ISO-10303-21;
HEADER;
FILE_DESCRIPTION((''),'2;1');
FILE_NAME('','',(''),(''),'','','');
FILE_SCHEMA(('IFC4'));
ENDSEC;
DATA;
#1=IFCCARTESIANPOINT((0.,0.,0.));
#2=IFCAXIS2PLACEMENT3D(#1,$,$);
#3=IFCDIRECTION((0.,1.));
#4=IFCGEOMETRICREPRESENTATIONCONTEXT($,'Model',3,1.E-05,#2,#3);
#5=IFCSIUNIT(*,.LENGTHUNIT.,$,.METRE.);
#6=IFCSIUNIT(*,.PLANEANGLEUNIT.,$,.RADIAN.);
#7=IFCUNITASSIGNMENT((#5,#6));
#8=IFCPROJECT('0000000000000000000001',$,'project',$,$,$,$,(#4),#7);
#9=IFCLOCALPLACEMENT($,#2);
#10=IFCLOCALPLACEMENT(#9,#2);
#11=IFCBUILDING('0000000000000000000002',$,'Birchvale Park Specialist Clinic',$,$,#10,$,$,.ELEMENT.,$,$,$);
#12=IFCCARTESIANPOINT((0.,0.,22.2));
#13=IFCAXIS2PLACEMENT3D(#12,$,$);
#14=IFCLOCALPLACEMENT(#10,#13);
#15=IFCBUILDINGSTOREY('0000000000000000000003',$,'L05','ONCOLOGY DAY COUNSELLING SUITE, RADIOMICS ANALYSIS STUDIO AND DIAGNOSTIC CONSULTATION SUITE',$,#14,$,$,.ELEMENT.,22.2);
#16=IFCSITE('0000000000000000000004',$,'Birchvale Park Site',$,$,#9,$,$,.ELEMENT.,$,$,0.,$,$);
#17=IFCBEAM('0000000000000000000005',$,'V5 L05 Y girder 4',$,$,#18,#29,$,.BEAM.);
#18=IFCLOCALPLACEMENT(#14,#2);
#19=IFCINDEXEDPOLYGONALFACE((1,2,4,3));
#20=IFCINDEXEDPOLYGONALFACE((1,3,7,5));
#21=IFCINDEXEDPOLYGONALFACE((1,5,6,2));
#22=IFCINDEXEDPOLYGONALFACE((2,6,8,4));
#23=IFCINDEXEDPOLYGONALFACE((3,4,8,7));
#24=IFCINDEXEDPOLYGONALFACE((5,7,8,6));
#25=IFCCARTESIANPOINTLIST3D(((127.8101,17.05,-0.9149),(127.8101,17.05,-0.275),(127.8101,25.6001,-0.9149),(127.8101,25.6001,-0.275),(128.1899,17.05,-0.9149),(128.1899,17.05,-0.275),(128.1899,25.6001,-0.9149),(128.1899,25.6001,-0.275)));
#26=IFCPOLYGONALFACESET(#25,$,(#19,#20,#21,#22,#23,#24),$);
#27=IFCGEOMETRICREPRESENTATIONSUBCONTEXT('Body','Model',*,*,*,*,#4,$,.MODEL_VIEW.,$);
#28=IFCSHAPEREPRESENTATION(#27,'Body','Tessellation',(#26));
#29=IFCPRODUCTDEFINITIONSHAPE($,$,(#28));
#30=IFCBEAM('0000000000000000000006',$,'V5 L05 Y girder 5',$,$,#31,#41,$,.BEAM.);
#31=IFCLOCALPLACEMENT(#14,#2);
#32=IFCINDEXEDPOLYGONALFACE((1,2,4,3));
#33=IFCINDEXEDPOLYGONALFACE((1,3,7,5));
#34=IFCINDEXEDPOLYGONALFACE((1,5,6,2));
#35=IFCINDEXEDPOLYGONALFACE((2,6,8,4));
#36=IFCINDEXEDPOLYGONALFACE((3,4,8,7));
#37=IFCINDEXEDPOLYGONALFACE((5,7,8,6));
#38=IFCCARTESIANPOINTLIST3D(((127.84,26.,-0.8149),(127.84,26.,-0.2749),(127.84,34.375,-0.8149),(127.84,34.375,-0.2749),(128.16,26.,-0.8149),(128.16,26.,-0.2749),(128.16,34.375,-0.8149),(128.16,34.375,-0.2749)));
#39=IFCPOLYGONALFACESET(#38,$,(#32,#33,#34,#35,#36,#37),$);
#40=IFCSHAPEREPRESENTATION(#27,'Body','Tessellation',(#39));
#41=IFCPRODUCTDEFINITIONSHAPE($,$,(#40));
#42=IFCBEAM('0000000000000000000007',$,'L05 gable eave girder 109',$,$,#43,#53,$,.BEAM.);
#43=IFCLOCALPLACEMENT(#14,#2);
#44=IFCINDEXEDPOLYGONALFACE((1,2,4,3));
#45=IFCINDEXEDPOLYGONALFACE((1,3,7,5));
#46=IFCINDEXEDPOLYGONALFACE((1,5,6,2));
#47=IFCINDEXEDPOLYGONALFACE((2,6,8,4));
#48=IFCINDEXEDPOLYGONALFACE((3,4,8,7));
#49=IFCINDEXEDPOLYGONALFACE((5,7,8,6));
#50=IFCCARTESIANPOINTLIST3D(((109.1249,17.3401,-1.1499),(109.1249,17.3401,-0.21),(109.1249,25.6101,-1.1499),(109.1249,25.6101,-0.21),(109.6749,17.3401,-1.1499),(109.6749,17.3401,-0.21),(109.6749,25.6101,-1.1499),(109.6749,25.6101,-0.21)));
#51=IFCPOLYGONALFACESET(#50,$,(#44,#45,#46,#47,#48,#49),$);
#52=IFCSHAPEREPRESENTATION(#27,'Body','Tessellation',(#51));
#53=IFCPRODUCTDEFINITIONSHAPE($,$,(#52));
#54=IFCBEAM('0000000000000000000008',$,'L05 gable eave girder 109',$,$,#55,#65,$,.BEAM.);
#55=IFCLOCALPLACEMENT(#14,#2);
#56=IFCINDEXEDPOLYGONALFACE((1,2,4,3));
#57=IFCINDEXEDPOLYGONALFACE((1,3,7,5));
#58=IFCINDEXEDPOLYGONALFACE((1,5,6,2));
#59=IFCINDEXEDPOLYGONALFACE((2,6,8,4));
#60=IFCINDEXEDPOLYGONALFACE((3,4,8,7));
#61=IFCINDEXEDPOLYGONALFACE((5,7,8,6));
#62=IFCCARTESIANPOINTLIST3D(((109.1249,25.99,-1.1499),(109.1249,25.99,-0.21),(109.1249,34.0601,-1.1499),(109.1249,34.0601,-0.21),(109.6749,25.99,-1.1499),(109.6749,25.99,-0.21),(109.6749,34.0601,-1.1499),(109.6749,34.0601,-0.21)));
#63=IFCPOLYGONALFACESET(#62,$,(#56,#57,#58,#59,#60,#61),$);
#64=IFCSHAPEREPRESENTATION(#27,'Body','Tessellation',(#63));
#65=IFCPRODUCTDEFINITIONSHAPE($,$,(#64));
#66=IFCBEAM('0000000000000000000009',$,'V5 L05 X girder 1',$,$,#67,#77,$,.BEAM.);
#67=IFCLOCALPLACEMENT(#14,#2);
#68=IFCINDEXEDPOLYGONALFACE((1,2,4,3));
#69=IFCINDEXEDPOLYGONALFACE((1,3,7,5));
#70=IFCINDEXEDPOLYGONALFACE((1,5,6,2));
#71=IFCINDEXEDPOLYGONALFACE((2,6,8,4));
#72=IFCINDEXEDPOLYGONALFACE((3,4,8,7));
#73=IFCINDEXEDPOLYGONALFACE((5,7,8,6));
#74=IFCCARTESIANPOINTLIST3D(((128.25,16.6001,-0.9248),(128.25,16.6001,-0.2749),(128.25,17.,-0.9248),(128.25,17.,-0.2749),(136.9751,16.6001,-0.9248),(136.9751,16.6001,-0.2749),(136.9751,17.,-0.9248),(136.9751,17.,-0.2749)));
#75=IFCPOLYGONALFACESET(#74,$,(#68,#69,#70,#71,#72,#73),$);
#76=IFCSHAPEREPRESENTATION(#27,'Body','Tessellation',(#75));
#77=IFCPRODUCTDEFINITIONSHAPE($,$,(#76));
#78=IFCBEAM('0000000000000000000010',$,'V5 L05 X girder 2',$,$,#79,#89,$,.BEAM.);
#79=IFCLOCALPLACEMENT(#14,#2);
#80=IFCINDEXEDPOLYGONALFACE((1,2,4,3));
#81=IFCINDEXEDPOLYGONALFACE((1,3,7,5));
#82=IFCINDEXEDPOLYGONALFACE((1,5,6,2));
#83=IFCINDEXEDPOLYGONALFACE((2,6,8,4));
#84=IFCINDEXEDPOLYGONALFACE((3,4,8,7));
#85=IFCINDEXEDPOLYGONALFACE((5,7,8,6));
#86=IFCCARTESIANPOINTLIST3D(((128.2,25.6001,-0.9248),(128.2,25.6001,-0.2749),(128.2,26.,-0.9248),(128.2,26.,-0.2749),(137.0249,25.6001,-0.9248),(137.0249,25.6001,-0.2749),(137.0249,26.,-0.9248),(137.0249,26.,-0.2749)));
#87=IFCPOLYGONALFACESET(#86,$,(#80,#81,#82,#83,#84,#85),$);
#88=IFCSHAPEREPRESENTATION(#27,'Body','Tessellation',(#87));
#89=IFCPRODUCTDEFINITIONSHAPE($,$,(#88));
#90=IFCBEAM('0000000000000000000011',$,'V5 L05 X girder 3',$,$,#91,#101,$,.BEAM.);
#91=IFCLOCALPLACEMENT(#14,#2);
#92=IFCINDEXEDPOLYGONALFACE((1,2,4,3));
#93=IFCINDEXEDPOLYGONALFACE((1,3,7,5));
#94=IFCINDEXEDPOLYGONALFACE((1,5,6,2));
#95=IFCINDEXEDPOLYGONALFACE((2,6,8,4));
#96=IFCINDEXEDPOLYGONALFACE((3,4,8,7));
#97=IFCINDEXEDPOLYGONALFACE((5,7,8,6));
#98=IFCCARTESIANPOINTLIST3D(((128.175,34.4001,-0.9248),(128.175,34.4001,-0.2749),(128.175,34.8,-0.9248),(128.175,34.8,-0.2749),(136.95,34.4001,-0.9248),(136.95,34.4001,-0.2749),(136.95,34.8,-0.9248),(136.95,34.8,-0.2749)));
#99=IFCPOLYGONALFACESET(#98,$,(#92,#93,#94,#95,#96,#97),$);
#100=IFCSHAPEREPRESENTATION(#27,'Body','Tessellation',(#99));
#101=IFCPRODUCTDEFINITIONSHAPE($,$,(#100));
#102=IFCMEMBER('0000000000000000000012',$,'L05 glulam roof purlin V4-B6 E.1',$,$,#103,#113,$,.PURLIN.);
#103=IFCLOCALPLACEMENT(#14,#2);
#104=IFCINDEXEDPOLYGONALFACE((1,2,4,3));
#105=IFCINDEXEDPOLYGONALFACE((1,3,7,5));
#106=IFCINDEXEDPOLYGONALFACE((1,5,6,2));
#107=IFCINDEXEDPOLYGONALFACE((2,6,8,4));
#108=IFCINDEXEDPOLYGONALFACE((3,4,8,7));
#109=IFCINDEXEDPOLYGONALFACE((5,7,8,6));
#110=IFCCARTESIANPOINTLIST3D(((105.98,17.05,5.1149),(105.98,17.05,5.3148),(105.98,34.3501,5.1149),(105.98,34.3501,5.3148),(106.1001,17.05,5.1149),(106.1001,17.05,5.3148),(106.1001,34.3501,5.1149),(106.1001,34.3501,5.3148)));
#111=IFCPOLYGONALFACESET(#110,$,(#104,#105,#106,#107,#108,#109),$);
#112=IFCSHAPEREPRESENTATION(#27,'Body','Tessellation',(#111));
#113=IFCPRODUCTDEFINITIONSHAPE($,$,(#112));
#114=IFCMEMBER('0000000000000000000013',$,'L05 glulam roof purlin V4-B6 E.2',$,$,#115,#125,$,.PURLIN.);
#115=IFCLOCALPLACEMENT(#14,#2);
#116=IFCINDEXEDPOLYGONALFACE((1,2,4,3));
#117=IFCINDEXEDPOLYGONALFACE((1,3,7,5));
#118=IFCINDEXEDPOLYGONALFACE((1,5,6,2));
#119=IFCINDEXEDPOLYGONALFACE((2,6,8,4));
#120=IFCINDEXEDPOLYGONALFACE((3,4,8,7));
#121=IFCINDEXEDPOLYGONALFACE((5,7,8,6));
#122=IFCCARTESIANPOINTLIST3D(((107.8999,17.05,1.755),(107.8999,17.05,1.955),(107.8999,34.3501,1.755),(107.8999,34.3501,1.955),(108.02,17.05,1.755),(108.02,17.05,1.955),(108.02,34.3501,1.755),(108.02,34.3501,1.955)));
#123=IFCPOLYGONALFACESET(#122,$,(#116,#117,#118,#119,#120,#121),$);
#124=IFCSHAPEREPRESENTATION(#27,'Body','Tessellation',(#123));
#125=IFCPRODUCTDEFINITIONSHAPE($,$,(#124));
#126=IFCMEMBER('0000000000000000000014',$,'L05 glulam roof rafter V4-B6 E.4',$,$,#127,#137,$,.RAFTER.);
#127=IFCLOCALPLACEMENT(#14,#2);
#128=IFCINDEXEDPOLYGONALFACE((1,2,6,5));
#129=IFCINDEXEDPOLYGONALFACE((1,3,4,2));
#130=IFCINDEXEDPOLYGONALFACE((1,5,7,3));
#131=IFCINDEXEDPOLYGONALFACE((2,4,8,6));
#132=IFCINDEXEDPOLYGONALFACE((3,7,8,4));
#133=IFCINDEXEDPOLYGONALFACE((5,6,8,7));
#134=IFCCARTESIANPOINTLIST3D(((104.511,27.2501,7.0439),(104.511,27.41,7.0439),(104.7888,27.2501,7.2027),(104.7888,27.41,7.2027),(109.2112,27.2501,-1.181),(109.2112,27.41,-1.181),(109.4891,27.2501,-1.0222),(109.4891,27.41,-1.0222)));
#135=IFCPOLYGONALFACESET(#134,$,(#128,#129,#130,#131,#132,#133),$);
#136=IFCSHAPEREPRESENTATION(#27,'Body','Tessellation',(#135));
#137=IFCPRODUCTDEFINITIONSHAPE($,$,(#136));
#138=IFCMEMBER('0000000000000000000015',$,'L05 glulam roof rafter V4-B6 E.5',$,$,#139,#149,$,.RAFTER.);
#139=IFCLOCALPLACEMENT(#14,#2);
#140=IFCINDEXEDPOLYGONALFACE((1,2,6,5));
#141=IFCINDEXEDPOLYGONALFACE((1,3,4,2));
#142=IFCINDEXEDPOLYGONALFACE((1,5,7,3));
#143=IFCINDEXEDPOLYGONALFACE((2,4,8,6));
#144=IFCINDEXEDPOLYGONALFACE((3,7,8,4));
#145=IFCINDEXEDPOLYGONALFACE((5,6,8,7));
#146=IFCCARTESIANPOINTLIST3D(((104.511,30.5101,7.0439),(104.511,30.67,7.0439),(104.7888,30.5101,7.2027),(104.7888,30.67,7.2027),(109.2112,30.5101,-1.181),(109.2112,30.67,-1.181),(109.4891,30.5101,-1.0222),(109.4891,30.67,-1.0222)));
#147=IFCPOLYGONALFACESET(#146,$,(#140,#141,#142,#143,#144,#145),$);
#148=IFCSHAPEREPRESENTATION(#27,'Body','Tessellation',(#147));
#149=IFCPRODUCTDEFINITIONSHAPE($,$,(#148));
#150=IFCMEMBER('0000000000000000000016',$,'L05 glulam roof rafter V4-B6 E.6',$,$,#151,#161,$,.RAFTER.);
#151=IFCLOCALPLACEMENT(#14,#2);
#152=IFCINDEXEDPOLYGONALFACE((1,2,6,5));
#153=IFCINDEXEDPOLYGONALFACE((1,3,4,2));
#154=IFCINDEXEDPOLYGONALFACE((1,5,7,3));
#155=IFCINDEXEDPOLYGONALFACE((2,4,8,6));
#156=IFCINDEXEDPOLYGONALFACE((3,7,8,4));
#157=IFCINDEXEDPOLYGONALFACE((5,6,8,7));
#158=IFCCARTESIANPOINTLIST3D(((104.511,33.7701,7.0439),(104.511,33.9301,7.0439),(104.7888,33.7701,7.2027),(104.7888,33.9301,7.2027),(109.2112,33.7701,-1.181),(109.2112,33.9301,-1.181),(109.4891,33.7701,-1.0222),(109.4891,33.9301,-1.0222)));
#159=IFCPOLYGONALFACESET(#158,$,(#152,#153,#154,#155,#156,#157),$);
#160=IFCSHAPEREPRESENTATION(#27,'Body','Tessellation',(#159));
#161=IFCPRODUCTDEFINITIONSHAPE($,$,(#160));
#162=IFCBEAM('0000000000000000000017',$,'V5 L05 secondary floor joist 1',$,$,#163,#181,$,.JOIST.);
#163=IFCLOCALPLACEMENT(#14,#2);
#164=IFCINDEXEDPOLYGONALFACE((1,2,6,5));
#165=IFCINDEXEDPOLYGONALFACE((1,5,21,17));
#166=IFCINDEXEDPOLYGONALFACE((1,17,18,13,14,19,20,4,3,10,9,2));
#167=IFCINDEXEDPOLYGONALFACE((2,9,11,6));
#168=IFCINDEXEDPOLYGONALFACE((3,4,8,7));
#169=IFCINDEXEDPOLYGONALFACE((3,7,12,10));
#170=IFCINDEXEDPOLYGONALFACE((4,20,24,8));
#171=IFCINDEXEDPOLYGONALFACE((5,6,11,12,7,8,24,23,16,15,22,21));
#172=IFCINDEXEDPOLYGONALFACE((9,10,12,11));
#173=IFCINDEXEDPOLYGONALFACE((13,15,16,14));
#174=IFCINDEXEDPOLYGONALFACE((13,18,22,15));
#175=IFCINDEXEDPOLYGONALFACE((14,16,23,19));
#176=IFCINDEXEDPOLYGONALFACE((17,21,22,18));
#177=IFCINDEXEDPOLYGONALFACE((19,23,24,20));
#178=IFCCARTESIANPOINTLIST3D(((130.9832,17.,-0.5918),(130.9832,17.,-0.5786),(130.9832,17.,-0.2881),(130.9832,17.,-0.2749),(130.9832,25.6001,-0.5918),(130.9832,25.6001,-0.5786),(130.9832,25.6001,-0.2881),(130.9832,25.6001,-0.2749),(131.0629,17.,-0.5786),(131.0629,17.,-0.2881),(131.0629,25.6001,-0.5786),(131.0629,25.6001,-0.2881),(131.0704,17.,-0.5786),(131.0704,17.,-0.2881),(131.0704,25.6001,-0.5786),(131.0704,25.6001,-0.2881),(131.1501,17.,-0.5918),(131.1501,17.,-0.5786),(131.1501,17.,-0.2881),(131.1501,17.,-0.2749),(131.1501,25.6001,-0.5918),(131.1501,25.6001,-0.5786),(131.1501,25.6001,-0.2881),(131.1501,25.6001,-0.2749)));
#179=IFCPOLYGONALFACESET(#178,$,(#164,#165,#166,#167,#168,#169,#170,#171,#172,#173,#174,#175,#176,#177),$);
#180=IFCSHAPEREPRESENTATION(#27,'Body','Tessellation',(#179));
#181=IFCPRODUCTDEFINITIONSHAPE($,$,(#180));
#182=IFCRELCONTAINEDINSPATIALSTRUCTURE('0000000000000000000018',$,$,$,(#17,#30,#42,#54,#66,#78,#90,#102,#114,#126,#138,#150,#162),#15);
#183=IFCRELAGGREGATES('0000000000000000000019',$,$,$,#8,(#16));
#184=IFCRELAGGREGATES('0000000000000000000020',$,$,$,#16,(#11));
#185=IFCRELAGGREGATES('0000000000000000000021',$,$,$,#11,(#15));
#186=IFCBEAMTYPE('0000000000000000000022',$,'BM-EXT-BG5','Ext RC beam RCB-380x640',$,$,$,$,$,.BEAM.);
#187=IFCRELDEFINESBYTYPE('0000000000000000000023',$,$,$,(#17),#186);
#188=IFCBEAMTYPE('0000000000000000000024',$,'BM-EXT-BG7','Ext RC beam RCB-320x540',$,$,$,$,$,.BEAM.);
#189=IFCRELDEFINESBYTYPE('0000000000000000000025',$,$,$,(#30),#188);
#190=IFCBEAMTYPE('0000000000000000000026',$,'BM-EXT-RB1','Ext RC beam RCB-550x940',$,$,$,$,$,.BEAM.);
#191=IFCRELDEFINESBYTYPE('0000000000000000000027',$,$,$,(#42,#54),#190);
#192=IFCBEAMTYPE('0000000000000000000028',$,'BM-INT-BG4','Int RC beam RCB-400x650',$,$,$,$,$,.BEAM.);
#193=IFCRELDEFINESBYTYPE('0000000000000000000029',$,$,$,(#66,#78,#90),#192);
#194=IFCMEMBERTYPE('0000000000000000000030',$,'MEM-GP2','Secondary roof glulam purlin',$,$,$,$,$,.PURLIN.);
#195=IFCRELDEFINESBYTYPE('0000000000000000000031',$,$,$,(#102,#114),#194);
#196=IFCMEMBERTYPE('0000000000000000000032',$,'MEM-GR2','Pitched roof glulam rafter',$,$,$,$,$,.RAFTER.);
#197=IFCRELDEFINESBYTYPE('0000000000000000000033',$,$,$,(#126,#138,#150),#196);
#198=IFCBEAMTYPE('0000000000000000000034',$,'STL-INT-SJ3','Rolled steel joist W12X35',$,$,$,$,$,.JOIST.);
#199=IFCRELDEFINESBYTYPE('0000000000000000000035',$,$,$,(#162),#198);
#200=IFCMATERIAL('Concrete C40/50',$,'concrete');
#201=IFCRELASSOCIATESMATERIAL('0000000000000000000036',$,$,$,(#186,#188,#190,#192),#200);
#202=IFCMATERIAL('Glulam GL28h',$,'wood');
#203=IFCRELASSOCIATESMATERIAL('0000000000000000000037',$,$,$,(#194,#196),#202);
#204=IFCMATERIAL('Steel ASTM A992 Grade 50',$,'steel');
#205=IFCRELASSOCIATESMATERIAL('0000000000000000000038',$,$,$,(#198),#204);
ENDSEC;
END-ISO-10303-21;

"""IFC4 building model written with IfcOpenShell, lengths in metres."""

from ifc_helpers import new_model, si_unit, direction, frame, origin, origin_2d, place, context, subcontext, project, spatial, rectangle, i_section, extrude, material, material_profile, profile_set, type_object, element, save


model = new_model("IFC4")

# Units and contexts
model_context = context("Model", 3, precision=1e-05, world=origin(), true_north=direction((0.0, 1.0)))
body_context = subcontext(model_context, "Body", "Model", "MODEL_VIEW")
ifc_project = project(units=[si_unit("LENGTHUNIT", "METRE"), si_unit("PLANEANGLEUNIT", "RADIAN")], contexts=[model_context])

# Site, building, storey
site_placement = place(None, origin())
site = spatial("IfcSite", under=ifc_project, at=site_placement, Name="Birchvale Park Site", CompositionType="ELEMENT", RefElevation=0.0)
building_placement = place(site_placement, origin())
building = spatial("IfcBuilding", under=site, at=building_placement, Name="Birchvale Park Specialist Clinic", CompositionType="ELEMENT")
storey_placement = place(building_placement, frame((0.0, 0.0, 22.2)))
storey = spatial("IfcBuildingStorey", under=building, at=storey_placement, Name="L05", Description="ONCOLOGY DAY COUNSELLING SUITE, RADIOMICS ANALYSIS STUDIO AND DIAGNOSTIC CONSULTATION SUITE", CompositionType="ELEMENT", Elevation=22.2)

# Beams
ifc_material_1 = material(Name="Concrete C40/50", Category="concrete")
ifc_material_profile_1 = material_profile(ifc_material_1, rectangle(XDim=0.3799, YDim=0.6399, at=origin_2d()), Name="RCB-380x640")
ifc_profile_set_1 = profile_set([ifc_material_profile_1], Name="Concrete C40/50")
beam_type_1 = type_object("IfcBeamType", Name="BM-EXT-BG5", Description="Ext RC beam RCB-380x640", PredefinedType="BEAM", material=ifc_profile_set_1)
beam_1_placement = place(storey_placement, frame((128.0, 17.05, -0.595), z_axis=(0.0, 1.0, 0.0), x_axis=(-1.0, 0.0, 0.0)))
element("IfcBeam", 1, at=beam_1_placement, inside=storey, type_object=beam_type_1, Name="V5 L05 Y girder 4", PredefinedType="BEAM", context=body_context, shape_type="SweptSolid", body=[
    extrude(rectangle(XDim=0.3799, YDim=0.6399, at=origin_2d()), origin(), (0.0, 0.0, 1.0), 8.55),
])
ifc_material_profile_2 = material_profile(ifc_material_1, rectangle(XDim=0.3201, YDim=0.54, at=origin_2d()), Name="RCB-320x540")
ifc_profile_set_2 = profile_set([ifc_material_profile_2], Name="Concrete C40/50")
beam_type_2 = type_object("IfcBeamType", Name="BM-EXT-BG7", Description="Ext RC beam RCB-320x540", PredefinedType="BEAM", material=ifc_profile_set_2)
beam_2_placement = place(storey_placement, frame((128.0, 26.0, -0.5449), z_axis=(0.0, 1.0, 0.0), x_axis=(-1.0, 0.0, 0.0)))
element("IfcBeam", 2, at=beam_2_placement, inside=storey, type_object=beam_type_2, Name="V5 L05 Y girder 5", PredefinedType="BEAM", context=body_context, shape_type="SweptSolid", body=[
    extrude(rectangle(XDim=0.3201, YDim=0.54, at=origin_2d()), origin(), (0.0, 0.0, 1.0), 8.375),
])
ifc_material_profile_3 = material_profile(ifc_material_1, rectangle(XDim=0.55, YDim=0.9399, at=origin_2d()), Name="RCB-550x940")
ifc_profile_set_3 = profile_set([ifc_material_profile_3], Name="Concrete C40/50")
beam_type_3 = type_object("IfcBeamType", Name="BM-EXT-RB1", Description="Ext RC beam RCB-550x940", PredefinedType="BEAM", material=ifc_profile_set_3)
beam_3_placement = place(storey_placement, frame((109.3999, 17.3401, -0.6799), z_axis=(0.0, 1.0, 0.0), x_axis=(-1.0, 0.0, 0.0)))
element("IfcBeam", 3, at=beam_3_placement, inside=storey, type_object=beam_type_3, Name="L05 gable eave girder 109", PredefinedType="BEAM", context=body_context, shape_type="SweptSolid", body=[
    extrude(rectangle(XDim=0.55, YDim=0.9399, at=origin_2d()), origin(), (0.0, 0.0, 1.0), 8.27),
])
beam_4_placement = place(storey_placement, frame((109.3999, 25.99, -0.6799), z_axis=(0.0, 1.0, 0.0), x_axis=(-1.0, 0.0, 0.0)))
element("IfcBeam", 4, at=beam_4_placement, inside=storey, type_object=beam_type_3, Name="L05 gable eave girder 109", PredefinedType="BEAM", context=body_context, shape_type="SweptSolid", body=[
    extrude(rectangle(XDim=0.55, YDim=0.9399, at=origin_2d()), origin(), (0.0, 0.0, 1.0), 8.0701),
])
ifc_material_profile_4 = material_profile(ifc_material_1, rectangle(XDim=0.3999, YDim=0.6499, at=origin_2d()), Name="RCB-400x650")
ifc_profile_set_4 = profile_set([ifc_material_profile_4], Name="Concrete C40/50")
beam_type_4 = type_object("IfcBeamType", Name="BM-INT-BG4", Description="Int RC beam RCB-400x650", PredefinedType="BEAM", material=ifc_profile_set_4)
beam_5_placement = place(storey_placement, frame((128.25, 16.8, -0.5999), z_axis=(1.0, 0.0, 0.0), x_axis=(0.0, 1.0, 0.0)))
element("IfcBeam", 5, at=beam_5_placement, inside=storey, type_object=beam_type_4, Name="V5 L05 X girder 1", PredefinedType="BEAM", context=body_context, shape_type="SweptSolid", body=[
    extrude(rectangle(XDim=0.3999, YDim=0.6499, at=origin_2d()), origin(), (0.0, 0.0, 1.0), 8.7251),
])
beam_6_placement = place(storey_placement, frame((128.2, 25.8, -0.5999), z_axis=(1.0, 0.0, 0.0), x_axis=(0.0, 1.0, 0.0)))
element("IfcBeam", 6, at=beam_6_placement, inside=storey, type_object=beam_type_4, Name="V5 L05 X girder 2", PredefinedType="BEAM", context=body_context, shape_type="SweptSolid", body=[
    extrude(rectangle(XDim=0.3999, YDim=0.6499, at=origin_2d()), origin(), (0.0, 0.0, 1.0), 8.825),
])
beam_7_placement = place(storey_placement, frame((128.175, 34.6001, -0.5999), z_axis=(1.0, 0.0, 0.0), x_axis=(0.0, 1.0, 0.0)))
element("IfcBeam", 7, at=beam_7_placement, inside=storey, type_object=beam_type_4, Name="V5 L05 X girder 3", PredefinedType="BEAM", context=body_context, shape_type="SweptSolid", body=[
    extrude(rectangle(XDim=0.3999, YDim=0.6499, at=origin_2d()), origin(), (0.0, 0.0, 1.0), 8.7749),
])

# Members
ifc_material_2 = material(Name="Glulam GL28h", Category="wood")
ifc_material_profile_5 = material_profile(ifc_material_2, rectangle(XDim=0.1201, YDim=0.2, at=origin_2d()), Name="GL-120x200")
ifc_profile_set_5 = profile_set([ifc_material_profile_5], Name="Glulam GL28h")
member_type_1 = type_object("IfcMemberType", Name="MEM-GP2", Description="Secondary roof glulam purlin", PredefinedType="PURLIN", material=ifc_profile_set_5)
for number, where, z_axis, x_axis, name in (
    (8, (106.04, 17.05, 5.2148), (0.0, 1.0, 0.0), (-1.0, 0.0, 0.0), "L05 glulam roof purlin V4-B6 E.1"),
    (9, (107.96, 17.05, 1.855), (0.0, 1.0, 0.0), (-1.0, 0.0, 0.0), "L05 glulam roof purlin V4-B6 E.2"),
):
    element("IfcMember", number, at=place(storey_placement, frame(where, z_axis=z_axis, x_axis=x_axis)), inside=storey, type_object=member_type_1, Name=name, PredefinedType="PURLIN", context=body_context, shape_type="SweptSolid", body=[
        extrude(rectangle(XDim=0.1201, YDim=0.2, at=origin_2d()), origin(), (0.0, 0.0, 1.0), 17.3),
    ])
ifc_material_profile_6 = material_profile(ifc_material_2, rectangle(XDim=0.1599, YDim=0.3201, at=origin_2d()), Name="GL-160x320")
ifc_profile_set_6 = profile_set([ifc_material_profile_6], Name="Glulam GL28h")
member_type_2 = type_object("IfcMemberType", Name="MEM-GR2", Description="Pitched roof glulam rafter", PredefinedType="RAFTER", material=ifc_profile_set_6)
for number, where, z_axis, x_axis, name in (
    (10, (104.6499, 27.3301, 7.1233), (0.496161, 0.0, -0.86823), (0.0, 1.0, 0.0), "L05 glulam roof rafter V4-B6 E.4"),
    (11, (104.6499, 30.5901, 7.1233), (0.496161, 0.0, -0.86823), (0.0, 1.0, 0.0), "L05 glulam roof rafter V4-B6 E.5"),
    (12, (104.6499, 33.8501, 7.1233), (0.496161, 0.0, -0.86823), (0.0, 1.0, 0.0), "L05 glulam roof rafter V4-B6 E.6"),
):
    element("IfcMember", number, at=place(storey_placement, frame(where, z_axis=z_axis, x_axis=x_axis)), inside=storey, type_object=member_type_2, Name=name, PredefinedType="RAFTER", context=body_context, shape_type="SweptSolid", body=[
        extrude(rectangle(XDim=0.1599, YDim=0.3201, at=origin_2d()), origin(), (0.0, 0.0, 1.0), 9.4731),
    ])

# Beam
ifc_material_3 = material(Name="Steel ASTM A992 Grade 50", Category="steel")
ifc_material_profile_7 = material_profile(ifc_material_3, i_section(OverallWidth=0.167, OverallDepth=0.3169, WebThickness=0.0076, FlangeThickness=0.0132, at=origin_2d()), Name="W12X35")
ifc_profile_set_7 = profile_set([ifc_material_profile_7], Name="Steel ASTM A992 Grade 50")
beam_type_5 = type_object("IfcBeamType", Name="STL-INT-SJ3", Description="Rolled steel joist W12X35", PredefinedType="JOIST", material=ifc_profile_set_7)
beam_8_placement = place(storey_placement, frame((131.0667, 17.0, -0.4333), z_axis=(0.0, 1.0, 0.0), x_axis=(-1.0, 0.0, 0.0)))
element("IfcBeam", 13, at=beam_8_placement, inside=storey, type_object=beam_type_5, Name="V5 L05 secondary floor joist 1", PredefinedType="JOIST", context=body_context, shape_type="SweptSolid", body=[
    extrude(i_section(OverallWidth=0.167, OverallDepth=0.3169, WebThickness=0.0076, FlangeThickness=0.0132, at=origin_2d()), origin(), (0.0, 0.0, 1.0), 8.6001),
])

save(model, "model.ifc")
